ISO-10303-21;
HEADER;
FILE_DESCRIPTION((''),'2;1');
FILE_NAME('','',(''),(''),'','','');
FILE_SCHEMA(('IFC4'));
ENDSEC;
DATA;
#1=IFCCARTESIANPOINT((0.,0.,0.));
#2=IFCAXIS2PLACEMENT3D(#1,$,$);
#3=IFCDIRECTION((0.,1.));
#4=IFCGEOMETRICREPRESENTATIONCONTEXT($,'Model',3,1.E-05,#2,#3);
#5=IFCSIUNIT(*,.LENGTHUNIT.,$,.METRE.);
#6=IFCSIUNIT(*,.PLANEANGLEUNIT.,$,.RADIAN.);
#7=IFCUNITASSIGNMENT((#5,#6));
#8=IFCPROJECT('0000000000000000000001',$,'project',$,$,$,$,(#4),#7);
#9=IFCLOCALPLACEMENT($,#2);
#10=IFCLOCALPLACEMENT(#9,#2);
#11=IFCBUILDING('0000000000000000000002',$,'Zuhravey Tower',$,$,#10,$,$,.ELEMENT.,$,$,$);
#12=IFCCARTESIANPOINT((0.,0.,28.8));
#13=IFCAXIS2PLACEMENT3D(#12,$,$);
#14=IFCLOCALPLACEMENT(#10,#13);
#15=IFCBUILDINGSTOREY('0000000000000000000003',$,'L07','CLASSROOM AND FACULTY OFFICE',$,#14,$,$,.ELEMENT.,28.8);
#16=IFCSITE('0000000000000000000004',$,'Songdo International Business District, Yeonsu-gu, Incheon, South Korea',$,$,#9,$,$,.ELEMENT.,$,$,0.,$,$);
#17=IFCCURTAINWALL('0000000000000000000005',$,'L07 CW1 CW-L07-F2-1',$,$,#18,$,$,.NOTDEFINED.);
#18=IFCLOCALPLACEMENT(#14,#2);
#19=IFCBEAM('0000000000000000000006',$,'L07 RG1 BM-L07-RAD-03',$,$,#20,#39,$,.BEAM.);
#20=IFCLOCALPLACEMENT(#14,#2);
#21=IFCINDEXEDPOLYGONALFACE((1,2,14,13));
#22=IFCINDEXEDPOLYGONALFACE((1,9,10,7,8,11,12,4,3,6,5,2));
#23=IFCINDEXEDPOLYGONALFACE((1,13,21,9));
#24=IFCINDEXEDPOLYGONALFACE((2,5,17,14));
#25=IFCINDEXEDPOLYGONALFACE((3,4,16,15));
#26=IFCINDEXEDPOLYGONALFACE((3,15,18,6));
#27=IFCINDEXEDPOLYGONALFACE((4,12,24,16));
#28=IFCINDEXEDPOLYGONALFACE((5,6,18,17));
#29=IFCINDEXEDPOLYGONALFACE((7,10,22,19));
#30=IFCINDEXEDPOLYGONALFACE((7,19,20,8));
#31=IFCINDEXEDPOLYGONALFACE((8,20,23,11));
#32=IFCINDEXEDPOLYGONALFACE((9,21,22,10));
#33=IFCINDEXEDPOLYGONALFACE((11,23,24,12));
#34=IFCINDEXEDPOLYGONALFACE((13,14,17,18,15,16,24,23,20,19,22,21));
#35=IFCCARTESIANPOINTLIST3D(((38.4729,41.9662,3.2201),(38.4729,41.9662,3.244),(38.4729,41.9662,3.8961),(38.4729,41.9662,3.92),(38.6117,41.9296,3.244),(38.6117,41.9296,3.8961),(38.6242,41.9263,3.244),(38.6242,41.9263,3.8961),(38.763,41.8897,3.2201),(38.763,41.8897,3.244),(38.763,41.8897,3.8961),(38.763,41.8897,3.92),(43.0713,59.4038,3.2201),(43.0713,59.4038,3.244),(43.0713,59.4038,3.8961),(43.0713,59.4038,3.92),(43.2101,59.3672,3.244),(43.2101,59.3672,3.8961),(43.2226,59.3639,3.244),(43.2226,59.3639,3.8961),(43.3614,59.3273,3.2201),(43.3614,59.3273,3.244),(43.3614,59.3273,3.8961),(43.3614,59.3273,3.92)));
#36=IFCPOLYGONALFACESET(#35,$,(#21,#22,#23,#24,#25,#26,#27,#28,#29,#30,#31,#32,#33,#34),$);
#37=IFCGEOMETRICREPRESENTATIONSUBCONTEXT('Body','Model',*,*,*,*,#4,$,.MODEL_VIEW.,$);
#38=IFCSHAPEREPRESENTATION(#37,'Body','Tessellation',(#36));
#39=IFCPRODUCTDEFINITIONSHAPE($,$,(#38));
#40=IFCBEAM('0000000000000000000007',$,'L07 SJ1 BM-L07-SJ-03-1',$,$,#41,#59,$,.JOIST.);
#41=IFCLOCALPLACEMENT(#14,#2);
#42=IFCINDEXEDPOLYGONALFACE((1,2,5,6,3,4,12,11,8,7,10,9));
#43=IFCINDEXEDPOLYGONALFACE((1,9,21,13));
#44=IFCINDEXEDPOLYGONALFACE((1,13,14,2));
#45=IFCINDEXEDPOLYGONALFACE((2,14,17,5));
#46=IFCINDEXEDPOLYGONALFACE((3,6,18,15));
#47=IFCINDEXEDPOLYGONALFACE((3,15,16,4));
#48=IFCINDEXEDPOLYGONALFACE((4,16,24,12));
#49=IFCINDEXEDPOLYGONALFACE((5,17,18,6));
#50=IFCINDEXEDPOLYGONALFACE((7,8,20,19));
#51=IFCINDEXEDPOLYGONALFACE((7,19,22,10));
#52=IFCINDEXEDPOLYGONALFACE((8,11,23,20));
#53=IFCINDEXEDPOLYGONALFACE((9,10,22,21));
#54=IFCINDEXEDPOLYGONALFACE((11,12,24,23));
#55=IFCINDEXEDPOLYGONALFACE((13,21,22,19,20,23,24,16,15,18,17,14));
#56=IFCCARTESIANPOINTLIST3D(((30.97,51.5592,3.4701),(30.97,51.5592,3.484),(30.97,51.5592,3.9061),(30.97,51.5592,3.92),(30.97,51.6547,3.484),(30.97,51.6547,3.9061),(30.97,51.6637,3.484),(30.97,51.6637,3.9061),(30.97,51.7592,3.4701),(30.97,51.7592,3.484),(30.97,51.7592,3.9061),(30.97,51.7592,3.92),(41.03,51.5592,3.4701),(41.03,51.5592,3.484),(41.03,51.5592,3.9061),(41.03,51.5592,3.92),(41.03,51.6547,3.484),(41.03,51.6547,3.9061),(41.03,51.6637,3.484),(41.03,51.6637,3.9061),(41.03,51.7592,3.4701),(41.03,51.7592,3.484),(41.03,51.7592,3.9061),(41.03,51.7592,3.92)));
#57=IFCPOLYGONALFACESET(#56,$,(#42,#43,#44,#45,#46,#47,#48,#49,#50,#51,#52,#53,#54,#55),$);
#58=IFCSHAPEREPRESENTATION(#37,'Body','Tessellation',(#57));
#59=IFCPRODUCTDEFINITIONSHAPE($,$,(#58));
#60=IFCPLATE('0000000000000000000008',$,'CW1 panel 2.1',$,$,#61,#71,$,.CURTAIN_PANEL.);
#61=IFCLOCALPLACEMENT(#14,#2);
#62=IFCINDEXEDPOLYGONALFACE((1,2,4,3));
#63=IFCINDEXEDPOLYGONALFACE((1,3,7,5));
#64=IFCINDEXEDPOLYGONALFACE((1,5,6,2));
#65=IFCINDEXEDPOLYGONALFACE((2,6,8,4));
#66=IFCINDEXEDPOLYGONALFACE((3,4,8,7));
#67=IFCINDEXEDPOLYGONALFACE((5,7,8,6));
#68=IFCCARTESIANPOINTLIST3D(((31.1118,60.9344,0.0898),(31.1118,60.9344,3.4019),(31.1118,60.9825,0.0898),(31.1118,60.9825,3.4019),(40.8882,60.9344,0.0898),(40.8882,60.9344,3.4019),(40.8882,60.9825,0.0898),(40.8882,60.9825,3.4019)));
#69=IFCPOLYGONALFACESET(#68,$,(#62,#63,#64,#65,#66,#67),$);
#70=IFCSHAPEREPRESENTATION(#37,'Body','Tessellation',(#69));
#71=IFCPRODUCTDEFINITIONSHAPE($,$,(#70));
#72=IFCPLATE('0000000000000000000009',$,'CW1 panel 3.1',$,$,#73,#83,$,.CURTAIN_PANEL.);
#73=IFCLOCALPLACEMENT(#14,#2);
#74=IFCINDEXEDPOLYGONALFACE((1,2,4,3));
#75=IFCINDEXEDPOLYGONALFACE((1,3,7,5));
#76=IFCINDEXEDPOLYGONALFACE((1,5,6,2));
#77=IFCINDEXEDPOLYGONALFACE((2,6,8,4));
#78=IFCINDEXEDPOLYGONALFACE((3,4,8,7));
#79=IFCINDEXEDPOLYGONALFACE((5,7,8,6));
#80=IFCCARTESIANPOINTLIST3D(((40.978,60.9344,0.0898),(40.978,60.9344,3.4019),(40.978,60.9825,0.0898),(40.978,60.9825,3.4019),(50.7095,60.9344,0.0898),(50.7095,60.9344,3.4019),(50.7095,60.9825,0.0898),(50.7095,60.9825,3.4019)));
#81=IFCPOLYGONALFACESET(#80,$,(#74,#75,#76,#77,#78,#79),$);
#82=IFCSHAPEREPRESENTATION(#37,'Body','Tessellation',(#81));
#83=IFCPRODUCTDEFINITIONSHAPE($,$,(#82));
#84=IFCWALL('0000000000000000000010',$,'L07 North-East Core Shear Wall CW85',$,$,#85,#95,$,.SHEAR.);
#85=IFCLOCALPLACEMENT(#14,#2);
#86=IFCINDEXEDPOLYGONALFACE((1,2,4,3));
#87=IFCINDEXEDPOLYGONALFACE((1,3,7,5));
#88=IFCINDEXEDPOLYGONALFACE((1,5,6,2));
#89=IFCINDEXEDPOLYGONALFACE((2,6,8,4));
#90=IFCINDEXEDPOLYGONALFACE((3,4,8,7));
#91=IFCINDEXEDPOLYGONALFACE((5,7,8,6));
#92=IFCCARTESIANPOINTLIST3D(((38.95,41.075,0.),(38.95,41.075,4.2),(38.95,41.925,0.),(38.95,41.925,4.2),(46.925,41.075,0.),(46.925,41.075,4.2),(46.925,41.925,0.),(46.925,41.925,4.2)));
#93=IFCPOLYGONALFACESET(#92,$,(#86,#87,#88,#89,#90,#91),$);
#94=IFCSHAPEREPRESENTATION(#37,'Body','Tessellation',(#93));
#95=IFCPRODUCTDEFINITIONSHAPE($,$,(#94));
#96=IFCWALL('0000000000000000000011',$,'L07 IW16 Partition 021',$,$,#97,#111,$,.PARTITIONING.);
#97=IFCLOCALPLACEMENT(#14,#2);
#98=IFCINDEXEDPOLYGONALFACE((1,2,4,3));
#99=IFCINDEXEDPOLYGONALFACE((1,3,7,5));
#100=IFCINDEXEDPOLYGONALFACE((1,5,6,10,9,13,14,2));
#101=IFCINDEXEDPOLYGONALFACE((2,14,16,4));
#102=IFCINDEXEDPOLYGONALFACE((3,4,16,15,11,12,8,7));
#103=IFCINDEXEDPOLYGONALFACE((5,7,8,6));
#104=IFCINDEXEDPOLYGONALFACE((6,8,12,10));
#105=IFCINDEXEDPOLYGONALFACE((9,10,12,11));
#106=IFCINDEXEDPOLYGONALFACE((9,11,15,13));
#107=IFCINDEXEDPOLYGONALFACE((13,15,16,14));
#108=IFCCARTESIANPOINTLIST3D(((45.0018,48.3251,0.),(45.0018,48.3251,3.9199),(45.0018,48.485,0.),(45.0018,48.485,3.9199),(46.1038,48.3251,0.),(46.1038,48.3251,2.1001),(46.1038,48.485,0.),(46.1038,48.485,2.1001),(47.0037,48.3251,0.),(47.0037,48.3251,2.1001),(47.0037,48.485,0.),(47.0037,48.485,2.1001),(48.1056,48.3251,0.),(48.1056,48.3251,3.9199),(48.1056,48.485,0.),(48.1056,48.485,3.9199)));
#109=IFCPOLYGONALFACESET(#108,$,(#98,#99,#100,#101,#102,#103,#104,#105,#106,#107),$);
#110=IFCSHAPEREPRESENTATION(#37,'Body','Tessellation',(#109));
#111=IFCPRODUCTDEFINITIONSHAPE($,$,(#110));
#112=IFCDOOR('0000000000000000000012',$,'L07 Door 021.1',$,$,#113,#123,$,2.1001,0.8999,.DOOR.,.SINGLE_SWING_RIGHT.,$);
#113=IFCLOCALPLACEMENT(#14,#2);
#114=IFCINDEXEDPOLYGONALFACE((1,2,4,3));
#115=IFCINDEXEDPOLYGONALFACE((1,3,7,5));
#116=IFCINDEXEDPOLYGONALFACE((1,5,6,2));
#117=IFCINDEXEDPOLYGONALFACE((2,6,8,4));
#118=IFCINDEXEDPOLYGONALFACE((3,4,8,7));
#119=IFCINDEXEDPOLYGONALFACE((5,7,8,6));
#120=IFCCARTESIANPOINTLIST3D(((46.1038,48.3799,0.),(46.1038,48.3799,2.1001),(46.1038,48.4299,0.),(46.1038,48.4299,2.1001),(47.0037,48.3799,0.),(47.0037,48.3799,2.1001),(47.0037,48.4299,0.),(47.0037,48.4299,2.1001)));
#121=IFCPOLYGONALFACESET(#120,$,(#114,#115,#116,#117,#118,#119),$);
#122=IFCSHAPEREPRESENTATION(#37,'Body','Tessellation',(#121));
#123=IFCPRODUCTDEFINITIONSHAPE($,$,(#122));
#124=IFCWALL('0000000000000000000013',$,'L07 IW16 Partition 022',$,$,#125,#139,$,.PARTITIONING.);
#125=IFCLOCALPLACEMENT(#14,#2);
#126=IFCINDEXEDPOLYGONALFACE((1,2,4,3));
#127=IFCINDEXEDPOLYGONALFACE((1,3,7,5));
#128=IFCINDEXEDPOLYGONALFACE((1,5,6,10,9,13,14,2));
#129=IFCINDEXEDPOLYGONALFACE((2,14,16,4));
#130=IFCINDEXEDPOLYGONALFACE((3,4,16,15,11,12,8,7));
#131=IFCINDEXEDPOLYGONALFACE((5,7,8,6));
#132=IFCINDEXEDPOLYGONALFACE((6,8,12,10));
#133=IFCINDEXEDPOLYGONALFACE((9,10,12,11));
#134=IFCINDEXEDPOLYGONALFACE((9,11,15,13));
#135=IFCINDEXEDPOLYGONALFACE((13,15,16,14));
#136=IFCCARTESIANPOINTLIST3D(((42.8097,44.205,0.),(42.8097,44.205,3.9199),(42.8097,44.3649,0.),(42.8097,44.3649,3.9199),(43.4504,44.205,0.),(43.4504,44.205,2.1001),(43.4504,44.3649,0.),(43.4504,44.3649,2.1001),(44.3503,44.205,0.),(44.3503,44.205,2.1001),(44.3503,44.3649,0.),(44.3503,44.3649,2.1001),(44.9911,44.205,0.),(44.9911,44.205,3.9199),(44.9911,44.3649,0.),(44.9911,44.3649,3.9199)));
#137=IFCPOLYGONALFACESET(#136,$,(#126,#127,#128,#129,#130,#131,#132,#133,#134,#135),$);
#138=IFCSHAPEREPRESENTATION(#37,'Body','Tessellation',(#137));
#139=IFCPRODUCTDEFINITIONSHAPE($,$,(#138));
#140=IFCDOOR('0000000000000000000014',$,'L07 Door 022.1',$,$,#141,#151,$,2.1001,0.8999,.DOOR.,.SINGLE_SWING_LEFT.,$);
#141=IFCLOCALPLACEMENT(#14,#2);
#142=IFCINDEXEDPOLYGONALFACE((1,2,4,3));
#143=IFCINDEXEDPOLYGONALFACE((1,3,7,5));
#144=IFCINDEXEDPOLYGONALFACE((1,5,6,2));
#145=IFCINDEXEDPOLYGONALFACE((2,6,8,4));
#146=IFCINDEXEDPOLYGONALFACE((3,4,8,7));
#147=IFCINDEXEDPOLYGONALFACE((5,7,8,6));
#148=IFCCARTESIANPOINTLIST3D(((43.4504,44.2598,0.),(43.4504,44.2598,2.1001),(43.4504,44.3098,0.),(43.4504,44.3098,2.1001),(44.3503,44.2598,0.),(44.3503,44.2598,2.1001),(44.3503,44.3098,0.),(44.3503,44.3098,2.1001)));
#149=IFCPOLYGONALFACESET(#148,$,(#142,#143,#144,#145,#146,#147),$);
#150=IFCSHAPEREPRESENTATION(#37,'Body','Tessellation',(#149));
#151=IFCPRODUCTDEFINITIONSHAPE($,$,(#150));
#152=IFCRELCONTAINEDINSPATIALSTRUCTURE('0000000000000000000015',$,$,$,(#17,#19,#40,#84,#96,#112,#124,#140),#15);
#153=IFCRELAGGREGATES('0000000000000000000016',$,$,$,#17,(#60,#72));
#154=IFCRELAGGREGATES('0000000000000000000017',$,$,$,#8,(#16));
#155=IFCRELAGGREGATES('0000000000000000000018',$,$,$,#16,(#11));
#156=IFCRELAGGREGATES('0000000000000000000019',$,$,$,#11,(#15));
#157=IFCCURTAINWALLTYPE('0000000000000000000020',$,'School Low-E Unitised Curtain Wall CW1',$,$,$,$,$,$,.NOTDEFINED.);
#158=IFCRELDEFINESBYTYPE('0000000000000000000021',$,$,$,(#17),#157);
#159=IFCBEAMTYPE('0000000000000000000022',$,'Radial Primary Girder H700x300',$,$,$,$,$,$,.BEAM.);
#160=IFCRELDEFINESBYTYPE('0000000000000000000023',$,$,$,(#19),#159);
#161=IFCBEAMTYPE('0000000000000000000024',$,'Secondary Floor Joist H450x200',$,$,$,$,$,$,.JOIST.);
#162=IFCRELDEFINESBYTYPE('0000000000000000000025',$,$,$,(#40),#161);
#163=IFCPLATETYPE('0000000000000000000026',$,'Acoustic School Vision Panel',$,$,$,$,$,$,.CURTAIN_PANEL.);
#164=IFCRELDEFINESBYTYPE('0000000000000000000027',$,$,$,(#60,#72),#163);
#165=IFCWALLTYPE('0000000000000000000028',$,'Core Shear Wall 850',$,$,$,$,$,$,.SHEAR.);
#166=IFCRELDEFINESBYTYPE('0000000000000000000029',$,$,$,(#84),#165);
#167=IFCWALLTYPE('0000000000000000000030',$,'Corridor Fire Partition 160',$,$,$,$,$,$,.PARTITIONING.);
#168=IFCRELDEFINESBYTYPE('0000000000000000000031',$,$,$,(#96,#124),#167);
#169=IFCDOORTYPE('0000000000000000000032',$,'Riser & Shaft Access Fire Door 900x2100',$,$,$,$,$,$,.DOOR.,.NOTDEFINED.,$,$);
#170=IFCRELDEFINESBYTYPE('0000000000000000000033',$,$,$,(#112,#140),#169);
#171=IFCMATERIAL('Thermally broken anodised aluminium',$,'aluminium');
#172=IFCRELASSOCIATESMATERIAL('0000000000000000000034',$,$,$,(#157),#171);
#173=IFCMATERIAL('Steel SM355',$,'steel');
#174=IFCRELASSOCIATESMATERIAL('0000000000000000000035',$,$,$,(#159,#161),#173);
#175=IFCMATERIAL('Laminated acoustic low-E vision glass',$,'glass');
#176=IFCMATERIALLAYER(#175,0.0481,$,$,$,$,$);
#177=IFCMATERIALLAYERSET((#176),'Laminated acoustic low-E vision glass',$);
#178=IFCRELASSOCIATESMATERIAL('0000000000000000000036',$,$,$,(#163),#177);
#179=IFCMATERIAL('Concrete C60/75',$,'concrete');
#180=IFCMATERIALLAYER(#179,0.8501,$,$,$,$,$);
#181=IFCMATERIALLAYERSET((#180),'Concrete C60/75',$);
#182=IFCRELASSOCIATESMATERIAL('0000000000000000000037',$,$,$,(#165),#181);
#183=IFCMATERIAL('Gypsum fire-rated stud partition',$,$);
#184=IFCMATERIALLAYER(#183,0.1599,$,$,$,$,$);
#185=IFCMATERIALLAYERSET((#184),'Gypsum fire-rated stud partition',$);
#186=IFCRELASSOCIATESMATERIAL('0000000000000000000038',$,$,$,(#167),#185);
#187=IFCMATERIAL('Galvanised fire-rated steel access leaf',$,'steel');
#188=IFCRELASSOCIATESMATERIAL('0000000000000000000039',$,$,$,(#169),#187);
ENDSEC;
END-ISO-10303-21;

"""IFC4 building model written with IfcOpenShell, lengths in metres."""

from ifc_helpers import new_model, si_unit, direction, frame, frame_2d, origin, origin_2d, place, context, subcontext, project, spatial, rectangle, i_section, extrude, material, layer, layer_set, material_profile, profile_set, type_object, element, fill, aggregate, save


model = new_model("IFC4")

# Units and contexts
model_context = context("Model", 3, precision=1e-05, world=origin(), true_north=direction((0.0, 1.0)))
body_context = subcontext(model_context, "Body", "Model", "MODEL_VIEW")
ifc_project = project(units=[si_unit("LENGTHUNIT", "METRE"), si_unit("PLANEANGLEUNIT", "RADIAN")], contexts=[model_context])

# Site, building, storey
site_placement = place(None, origin())
site = spatial("IfcSite", under=ifc_project, at=site_placement, Name="Songdo International Business District, Yeonsu-gu, Incheon, South Korea", CompositionType="ELEMENT", RefElevation=0.0)
building_placement = place(site_placement, origin())
building = spatial("IfcBuilding", under=site, at=building_placement, Name="Zuhravey Tower", CompositionType="ELEMENT")
storey_placement = place(building_placement, frame((0.0, 0.0, 28.8)))
storey = spatial("IfcBuildingStorey", under=building, at=storey_placement, Name="L07", Description="CLASSROOM AND FACULTY OFFICE", CompositionType="ELEMENT", Elevation=28.8)

# Shared definitions
ifc_material_1 = material(Name="Concrete C60/75", Category="concrete")

# Curtain wall
ifc_material_2 = material(Name="Thermally broken anodised aluminium", Category="aluminium")
curtain_wall_type = type_object("IfcCurtainWallType", Name="School Low-E Unitised Curtain Wall CW1", PredefinedType="NOTDEFINED", material=ifc_material_2)
curtain_wall_placement = place(storey_placement, origin())
curtain_wall = element("IfcCurtainWall", 1, at=curtain_wall_placement, inside=storey, type_object=curtain_wall_type, Name="L07 CW1 CW-L07-F2-1", PredefinedType="NOTDEFINED")

# Beams
ifc_material_3 = material(Name="Steel SM355", Category="steel")
ifc_material_profile_1 = material_profile(ifc_material_3, i_section(OverallWidth=0.3, OverallDepth=0.7, WebThickness=0.0129, FlangeThickness=0.0239, at=origin_2d()), Name="H-700x300x13x24")
ifc_profile_set_1 = profile_set([ifc_material_profile_1], Name="Steel SM355")
beam_type_1 = type_object("IfcBeamType", Name="Radial Primary Girder H700x300", PredefinedType="BEAM", material=ifc_profile_set_1)
beam_1_placement = place(storey_placement, frame((38.6179, 41.928, 3.5701), z_axis=(0.25499, 0.966944, 0.0), x_axis=(-0.966944, 0.25499, 0.0)))
element("IfcBeam", 2, at=beam_1_placement, inside=storey, type_object=beam_type_1, Name="L07 RG1 BM-L07-RAD-03", PredefinedType="BEAM", context=body_context, shape_type="SweptSolid", body=[
    extrude(i_section(OverallWidth=0.3, OverallDepth=0.7, WebThickness=0.0129, FlangeThickness=0.0239, at=origin_2d()), origin(), (0.0, 0.0, 1.0), 18.0337),
])
ifc_material_profile_2 = material_profile(ifc_material_3, i_section(OverallWidth=0.2, OverallDepth=0.45, WebThickness=0.009, FlangeThickness=0.0139, at=origin_2d()), Name="H-450x200x9x14")
ifc_profile_set_2 = profile_set([ifc_material_profile_2], Name="Steel SM355")
beam_type_2 = type_object("IfcBeamType", Name="Secondary Floor Joist H450x200", PredefinedType="JOIST", material=ifc_profile_set_2)
beam_2_placement = place(storey_placement, frame((41.03, 51.6592, 3.6951), z_axis=(-1.0, 0.0, 0.0), x_axis=(0.0, -1.0, 0.0)))
element("IfcBeam", 3, at=beam_2_placement, inside=storey, type_object=beam_type_2, Name="L07 SJ1 BM-L07-SJ-03-1", PredefinedType="JOIST", context=body_context, shape_type="SweptSolid", body=[
    extrude(i_section(OverallWidth=0.2, OverallDepth=0.45, WebThickness=0.009, FlangeThickness=0.0139, at=origin_2d()), origin(), (0.0, 0.0, 1.0), 10.0601),
])

# Plates
ifc_material_4 = material(Name="Laminated acoustic low-E vision glass", Category="glass")
ifc_layer_1 = layer(ifc_material_4, 0.0481)
ifc_layer_set_1 = layer_set([ifc_layer_1], Name="Laminated acoustic low-E vision glass")
plate_type = type_object("IfcPlateType", Name="Acoustic School Vision Panel", PredefinedType="CURTAIN_PANEL", material=ifc_layer_set_1)
plate_1_placement = place(storey_placement, frame((36.0, 60.9585, 0.0898), z_axis=(0.0, 0.0, 1.0), x_axis=(1.0, 0.0, 0.0)))
plate_1 = element("IfcPlate", 4, at=plate_1_placement, type_object=plate_type, Name="CW1 panel 2.1", PredefinedType="CURTAIN_PANEL", context=body_context, shape_type="SweptSolid", body=[
    extrude(rectangle(XDim=9.7764, YDim=0.0481, at=origin_2d()), origin(), (0.0, 0.0, 1.0), 3.312),
])
plate_2_placement = place(storey_placement, frame((45.8438, 60.9585, 0.0898), z_axis=(0.0, 0.0, 1.0), x_axis=(1.0, 0.0, 0.0)))
plate_2 = element("IfcPlate", 5, at=plate_2_placement, type_object=plate_type, Name="CW1 panel 3.1", PredefinedType="CURTAIN_PANEL", context=body_context, shape_type="SweptSolid", body=[
    extrude(rectangle(XDim=9.7314, YDim=0.0481, at=origin_2d()), origin(), (0.0, 0.0, 1.0), 3.312),
])
aggregate(curtain_wall, [plate_1, plate_2])

# Wall
ifc_layer_2 = layer(ifc_material_1, 0.8501)
ifc_layer_set_2 = layer_set([ifc_layer_2], Name="Concrete C60/75")
wall_type_1 = type_object("IfcWallType", Name="Core Shear Wall 850", PredefinedType="SHEAR", material=ifc_layer_set_2)
wall_1_placement = place(storey_placement, frame((46.925, 41.5, 0.0), z_axis=(0.0, 0.0, 1.0), x_axis=(-1.0, 0.0, 0.0)))
element("IfcWall", 6, at=wall_1_placement, inside=storey, type_object=wall_type_1, Name="L07 North-East Core Shear Wall CW85", PredefinedType="SHEAR", context=body_context, shape_type="SweptSolid", body=[
    extrude(rectangle(XDim=7.9751, YDim=0.8501, at=frame_2d((3.9875, 0.0))), origin(), (0.0, 0.0, 1.0), 4.2),
])

# Walls, openings, doors
ifc_material_5 = material(Name="Gypsum fire-rated stud partition")
ifc_layer_3 = layer(ifc_material_5, 0.1599)
ifc_layer_set_3 = layer_set([ifc_layer_3], Name="Gypsum fire-rated stud partition")
wall_type_2 = type_object("IfcWallType", Name="Corridor Fire Partition 160", PredefinedType="PARTITIONING", material=ifc_layer_set_3)
wall_2_placement = place(storey_placement, frame((45.002, 48.405, 0.0), z_axis=(0.0, 0.0, 1.0), x_axis=(1.0, 0.0, 0.0)))
wall_2 = element("IfcWall", 7, at=wall_2_placement, inside=storey, type_object=wall_type_2, Name="L07 IW16 Partition 021", PredefinedType="PARTITIONING", context=body_context, shape_type="SweptSolid", body=[
    extrude(rectangle(XDim=3.1038, YDim=0.1599, at=frame_2d((1.5518, 0.0))), origin(), (0.0, 0.0, 1.0), 3.9199),
])
opening_1_placement = place(wall_2_placement, frame((1.1018, 0.0, 0.0)))
opening_1 = element("IfcOpeningElement", 8, at=opening_1_placement, cuts=wall_2, PredefinedType="OPENING", context=body_context, shape_type="SweptSolid", body=[
    extrude(rectangle(XDim=0.8999, YDim=2.1001, at=frame_2d((0.45, 1.05))), frame((0.0, 0.092, 0.0), z_axis=(0.0, -1.0, 0.0), x_axis=(1.0, 0.0, 0.0)), (0.0, 0.0, 1.0), 0.1838),
])
ifc_material_6 = material(Name="Galvanised fire-rated steel access leaf", Category="steel")
door_type_1 = type_object("IfcDoorType", Name="Riser & Shaft Access Fire Door 900x2100", OperationType="NOTDEFINED", PredefinedType="DOOR", material=ifc_material_6)
door_1_placement = place(opening_1_placement, origin())
door_1 = element("IfcDoor", 9, at=door_1_placement, inside=storey, type_object=door_type_1, Name="L07 Door 021.1", OperationType="SINGLE_SWING_RIGHT", OverallHeight=2.1001, OverallWidth=0.8999, PredefinedType="DOOR", context=body_context, shape_type="SweptSolid", body=[
    extrude(rectangle(XDim=0.8999, YDim=2.1001, at=frame_2d((0.45, 1.05))), frame((0.0, 0.0249, 0.0), z_axis=(0.0, -1.0, 0.0), x_axis=(1.0, 0.0, 0.0)), (0.0, 0.0, 1.0), 0.05),
])
fill(opening_1, door_1)
wall_3_placement = place(storey_placement, frame((44.9912, 44.2849, 0.0), z_axis=(0.0, 0.0, 1.0), x_axis=(-1.0, 0.0, 0.0)))
wall_3 = element("IfcWall", 10, at=wall_3_placement, inside=storey, type_object=wall_type_2, Name="L07 IW16 Partition 022", PredefinedType="PARTITIONING", context=body_context, shape_type="SweptSolid", body=[
    extrude(rectangle(XDim=2.1814, YDim=0.1599, at=frame_2d((1.0908, 0.0))), origin(), (0.0, 0.0, 1.0), 3.9199),
])
opening_2_placement = place(wall_3_placement, frame((0.6409, 0.0, 0.0)))
opening_2 = element("IfcOpeningElement", 11, at=opening_2_placement, cuts=wall_3, PredefinedType="OPENING", context=body_context, shape_type="SweptSolid", body=[
    extrude(rectangle(XDim=0.8999, YDim=2.1001, at=frame_2d((0.45, 1.05))), frame((0.0, 0.092, 0.0), z_axis=(0.0, -1.0, 0.0), x_axis=(1.0, 0.0, 0.0)), (0.0, 0.0, 1.0), 0.1838),
])
door_2_placement = place(opening_2_placement, frame((0.8999, 0.0, 0.0), z_axis=(0.0, 0.0, 1.0), x_axis=(-1.0, 0.0, 0.0)))
door_2 = element("IfcDoor", 12, at=door_2_placement, inside=storey, type_object=door_type_1, Name="L07 Door 022.1", OperationType="SINGLE_SWING_LEFT", OverallHeight=2.1001, OverallWidth=0.8999, PredefinedType="DOOR", context=body_context, shape_type="SweptSolid", body=[
    extrude(rectangle(XDim=0.8999, YDim=2.1001, at=frame_2d((0.45, 1.05))), frame((0.0, 0.0249, 0.0), z_axis=(0.0, -1.0, 0.0), x_axis=(1.0, 0.0, 0.0)), (0.0, 0.0, 1.0), 0.05),
])
fill(opening_2, door_2)

save(model, "model.ifc")
